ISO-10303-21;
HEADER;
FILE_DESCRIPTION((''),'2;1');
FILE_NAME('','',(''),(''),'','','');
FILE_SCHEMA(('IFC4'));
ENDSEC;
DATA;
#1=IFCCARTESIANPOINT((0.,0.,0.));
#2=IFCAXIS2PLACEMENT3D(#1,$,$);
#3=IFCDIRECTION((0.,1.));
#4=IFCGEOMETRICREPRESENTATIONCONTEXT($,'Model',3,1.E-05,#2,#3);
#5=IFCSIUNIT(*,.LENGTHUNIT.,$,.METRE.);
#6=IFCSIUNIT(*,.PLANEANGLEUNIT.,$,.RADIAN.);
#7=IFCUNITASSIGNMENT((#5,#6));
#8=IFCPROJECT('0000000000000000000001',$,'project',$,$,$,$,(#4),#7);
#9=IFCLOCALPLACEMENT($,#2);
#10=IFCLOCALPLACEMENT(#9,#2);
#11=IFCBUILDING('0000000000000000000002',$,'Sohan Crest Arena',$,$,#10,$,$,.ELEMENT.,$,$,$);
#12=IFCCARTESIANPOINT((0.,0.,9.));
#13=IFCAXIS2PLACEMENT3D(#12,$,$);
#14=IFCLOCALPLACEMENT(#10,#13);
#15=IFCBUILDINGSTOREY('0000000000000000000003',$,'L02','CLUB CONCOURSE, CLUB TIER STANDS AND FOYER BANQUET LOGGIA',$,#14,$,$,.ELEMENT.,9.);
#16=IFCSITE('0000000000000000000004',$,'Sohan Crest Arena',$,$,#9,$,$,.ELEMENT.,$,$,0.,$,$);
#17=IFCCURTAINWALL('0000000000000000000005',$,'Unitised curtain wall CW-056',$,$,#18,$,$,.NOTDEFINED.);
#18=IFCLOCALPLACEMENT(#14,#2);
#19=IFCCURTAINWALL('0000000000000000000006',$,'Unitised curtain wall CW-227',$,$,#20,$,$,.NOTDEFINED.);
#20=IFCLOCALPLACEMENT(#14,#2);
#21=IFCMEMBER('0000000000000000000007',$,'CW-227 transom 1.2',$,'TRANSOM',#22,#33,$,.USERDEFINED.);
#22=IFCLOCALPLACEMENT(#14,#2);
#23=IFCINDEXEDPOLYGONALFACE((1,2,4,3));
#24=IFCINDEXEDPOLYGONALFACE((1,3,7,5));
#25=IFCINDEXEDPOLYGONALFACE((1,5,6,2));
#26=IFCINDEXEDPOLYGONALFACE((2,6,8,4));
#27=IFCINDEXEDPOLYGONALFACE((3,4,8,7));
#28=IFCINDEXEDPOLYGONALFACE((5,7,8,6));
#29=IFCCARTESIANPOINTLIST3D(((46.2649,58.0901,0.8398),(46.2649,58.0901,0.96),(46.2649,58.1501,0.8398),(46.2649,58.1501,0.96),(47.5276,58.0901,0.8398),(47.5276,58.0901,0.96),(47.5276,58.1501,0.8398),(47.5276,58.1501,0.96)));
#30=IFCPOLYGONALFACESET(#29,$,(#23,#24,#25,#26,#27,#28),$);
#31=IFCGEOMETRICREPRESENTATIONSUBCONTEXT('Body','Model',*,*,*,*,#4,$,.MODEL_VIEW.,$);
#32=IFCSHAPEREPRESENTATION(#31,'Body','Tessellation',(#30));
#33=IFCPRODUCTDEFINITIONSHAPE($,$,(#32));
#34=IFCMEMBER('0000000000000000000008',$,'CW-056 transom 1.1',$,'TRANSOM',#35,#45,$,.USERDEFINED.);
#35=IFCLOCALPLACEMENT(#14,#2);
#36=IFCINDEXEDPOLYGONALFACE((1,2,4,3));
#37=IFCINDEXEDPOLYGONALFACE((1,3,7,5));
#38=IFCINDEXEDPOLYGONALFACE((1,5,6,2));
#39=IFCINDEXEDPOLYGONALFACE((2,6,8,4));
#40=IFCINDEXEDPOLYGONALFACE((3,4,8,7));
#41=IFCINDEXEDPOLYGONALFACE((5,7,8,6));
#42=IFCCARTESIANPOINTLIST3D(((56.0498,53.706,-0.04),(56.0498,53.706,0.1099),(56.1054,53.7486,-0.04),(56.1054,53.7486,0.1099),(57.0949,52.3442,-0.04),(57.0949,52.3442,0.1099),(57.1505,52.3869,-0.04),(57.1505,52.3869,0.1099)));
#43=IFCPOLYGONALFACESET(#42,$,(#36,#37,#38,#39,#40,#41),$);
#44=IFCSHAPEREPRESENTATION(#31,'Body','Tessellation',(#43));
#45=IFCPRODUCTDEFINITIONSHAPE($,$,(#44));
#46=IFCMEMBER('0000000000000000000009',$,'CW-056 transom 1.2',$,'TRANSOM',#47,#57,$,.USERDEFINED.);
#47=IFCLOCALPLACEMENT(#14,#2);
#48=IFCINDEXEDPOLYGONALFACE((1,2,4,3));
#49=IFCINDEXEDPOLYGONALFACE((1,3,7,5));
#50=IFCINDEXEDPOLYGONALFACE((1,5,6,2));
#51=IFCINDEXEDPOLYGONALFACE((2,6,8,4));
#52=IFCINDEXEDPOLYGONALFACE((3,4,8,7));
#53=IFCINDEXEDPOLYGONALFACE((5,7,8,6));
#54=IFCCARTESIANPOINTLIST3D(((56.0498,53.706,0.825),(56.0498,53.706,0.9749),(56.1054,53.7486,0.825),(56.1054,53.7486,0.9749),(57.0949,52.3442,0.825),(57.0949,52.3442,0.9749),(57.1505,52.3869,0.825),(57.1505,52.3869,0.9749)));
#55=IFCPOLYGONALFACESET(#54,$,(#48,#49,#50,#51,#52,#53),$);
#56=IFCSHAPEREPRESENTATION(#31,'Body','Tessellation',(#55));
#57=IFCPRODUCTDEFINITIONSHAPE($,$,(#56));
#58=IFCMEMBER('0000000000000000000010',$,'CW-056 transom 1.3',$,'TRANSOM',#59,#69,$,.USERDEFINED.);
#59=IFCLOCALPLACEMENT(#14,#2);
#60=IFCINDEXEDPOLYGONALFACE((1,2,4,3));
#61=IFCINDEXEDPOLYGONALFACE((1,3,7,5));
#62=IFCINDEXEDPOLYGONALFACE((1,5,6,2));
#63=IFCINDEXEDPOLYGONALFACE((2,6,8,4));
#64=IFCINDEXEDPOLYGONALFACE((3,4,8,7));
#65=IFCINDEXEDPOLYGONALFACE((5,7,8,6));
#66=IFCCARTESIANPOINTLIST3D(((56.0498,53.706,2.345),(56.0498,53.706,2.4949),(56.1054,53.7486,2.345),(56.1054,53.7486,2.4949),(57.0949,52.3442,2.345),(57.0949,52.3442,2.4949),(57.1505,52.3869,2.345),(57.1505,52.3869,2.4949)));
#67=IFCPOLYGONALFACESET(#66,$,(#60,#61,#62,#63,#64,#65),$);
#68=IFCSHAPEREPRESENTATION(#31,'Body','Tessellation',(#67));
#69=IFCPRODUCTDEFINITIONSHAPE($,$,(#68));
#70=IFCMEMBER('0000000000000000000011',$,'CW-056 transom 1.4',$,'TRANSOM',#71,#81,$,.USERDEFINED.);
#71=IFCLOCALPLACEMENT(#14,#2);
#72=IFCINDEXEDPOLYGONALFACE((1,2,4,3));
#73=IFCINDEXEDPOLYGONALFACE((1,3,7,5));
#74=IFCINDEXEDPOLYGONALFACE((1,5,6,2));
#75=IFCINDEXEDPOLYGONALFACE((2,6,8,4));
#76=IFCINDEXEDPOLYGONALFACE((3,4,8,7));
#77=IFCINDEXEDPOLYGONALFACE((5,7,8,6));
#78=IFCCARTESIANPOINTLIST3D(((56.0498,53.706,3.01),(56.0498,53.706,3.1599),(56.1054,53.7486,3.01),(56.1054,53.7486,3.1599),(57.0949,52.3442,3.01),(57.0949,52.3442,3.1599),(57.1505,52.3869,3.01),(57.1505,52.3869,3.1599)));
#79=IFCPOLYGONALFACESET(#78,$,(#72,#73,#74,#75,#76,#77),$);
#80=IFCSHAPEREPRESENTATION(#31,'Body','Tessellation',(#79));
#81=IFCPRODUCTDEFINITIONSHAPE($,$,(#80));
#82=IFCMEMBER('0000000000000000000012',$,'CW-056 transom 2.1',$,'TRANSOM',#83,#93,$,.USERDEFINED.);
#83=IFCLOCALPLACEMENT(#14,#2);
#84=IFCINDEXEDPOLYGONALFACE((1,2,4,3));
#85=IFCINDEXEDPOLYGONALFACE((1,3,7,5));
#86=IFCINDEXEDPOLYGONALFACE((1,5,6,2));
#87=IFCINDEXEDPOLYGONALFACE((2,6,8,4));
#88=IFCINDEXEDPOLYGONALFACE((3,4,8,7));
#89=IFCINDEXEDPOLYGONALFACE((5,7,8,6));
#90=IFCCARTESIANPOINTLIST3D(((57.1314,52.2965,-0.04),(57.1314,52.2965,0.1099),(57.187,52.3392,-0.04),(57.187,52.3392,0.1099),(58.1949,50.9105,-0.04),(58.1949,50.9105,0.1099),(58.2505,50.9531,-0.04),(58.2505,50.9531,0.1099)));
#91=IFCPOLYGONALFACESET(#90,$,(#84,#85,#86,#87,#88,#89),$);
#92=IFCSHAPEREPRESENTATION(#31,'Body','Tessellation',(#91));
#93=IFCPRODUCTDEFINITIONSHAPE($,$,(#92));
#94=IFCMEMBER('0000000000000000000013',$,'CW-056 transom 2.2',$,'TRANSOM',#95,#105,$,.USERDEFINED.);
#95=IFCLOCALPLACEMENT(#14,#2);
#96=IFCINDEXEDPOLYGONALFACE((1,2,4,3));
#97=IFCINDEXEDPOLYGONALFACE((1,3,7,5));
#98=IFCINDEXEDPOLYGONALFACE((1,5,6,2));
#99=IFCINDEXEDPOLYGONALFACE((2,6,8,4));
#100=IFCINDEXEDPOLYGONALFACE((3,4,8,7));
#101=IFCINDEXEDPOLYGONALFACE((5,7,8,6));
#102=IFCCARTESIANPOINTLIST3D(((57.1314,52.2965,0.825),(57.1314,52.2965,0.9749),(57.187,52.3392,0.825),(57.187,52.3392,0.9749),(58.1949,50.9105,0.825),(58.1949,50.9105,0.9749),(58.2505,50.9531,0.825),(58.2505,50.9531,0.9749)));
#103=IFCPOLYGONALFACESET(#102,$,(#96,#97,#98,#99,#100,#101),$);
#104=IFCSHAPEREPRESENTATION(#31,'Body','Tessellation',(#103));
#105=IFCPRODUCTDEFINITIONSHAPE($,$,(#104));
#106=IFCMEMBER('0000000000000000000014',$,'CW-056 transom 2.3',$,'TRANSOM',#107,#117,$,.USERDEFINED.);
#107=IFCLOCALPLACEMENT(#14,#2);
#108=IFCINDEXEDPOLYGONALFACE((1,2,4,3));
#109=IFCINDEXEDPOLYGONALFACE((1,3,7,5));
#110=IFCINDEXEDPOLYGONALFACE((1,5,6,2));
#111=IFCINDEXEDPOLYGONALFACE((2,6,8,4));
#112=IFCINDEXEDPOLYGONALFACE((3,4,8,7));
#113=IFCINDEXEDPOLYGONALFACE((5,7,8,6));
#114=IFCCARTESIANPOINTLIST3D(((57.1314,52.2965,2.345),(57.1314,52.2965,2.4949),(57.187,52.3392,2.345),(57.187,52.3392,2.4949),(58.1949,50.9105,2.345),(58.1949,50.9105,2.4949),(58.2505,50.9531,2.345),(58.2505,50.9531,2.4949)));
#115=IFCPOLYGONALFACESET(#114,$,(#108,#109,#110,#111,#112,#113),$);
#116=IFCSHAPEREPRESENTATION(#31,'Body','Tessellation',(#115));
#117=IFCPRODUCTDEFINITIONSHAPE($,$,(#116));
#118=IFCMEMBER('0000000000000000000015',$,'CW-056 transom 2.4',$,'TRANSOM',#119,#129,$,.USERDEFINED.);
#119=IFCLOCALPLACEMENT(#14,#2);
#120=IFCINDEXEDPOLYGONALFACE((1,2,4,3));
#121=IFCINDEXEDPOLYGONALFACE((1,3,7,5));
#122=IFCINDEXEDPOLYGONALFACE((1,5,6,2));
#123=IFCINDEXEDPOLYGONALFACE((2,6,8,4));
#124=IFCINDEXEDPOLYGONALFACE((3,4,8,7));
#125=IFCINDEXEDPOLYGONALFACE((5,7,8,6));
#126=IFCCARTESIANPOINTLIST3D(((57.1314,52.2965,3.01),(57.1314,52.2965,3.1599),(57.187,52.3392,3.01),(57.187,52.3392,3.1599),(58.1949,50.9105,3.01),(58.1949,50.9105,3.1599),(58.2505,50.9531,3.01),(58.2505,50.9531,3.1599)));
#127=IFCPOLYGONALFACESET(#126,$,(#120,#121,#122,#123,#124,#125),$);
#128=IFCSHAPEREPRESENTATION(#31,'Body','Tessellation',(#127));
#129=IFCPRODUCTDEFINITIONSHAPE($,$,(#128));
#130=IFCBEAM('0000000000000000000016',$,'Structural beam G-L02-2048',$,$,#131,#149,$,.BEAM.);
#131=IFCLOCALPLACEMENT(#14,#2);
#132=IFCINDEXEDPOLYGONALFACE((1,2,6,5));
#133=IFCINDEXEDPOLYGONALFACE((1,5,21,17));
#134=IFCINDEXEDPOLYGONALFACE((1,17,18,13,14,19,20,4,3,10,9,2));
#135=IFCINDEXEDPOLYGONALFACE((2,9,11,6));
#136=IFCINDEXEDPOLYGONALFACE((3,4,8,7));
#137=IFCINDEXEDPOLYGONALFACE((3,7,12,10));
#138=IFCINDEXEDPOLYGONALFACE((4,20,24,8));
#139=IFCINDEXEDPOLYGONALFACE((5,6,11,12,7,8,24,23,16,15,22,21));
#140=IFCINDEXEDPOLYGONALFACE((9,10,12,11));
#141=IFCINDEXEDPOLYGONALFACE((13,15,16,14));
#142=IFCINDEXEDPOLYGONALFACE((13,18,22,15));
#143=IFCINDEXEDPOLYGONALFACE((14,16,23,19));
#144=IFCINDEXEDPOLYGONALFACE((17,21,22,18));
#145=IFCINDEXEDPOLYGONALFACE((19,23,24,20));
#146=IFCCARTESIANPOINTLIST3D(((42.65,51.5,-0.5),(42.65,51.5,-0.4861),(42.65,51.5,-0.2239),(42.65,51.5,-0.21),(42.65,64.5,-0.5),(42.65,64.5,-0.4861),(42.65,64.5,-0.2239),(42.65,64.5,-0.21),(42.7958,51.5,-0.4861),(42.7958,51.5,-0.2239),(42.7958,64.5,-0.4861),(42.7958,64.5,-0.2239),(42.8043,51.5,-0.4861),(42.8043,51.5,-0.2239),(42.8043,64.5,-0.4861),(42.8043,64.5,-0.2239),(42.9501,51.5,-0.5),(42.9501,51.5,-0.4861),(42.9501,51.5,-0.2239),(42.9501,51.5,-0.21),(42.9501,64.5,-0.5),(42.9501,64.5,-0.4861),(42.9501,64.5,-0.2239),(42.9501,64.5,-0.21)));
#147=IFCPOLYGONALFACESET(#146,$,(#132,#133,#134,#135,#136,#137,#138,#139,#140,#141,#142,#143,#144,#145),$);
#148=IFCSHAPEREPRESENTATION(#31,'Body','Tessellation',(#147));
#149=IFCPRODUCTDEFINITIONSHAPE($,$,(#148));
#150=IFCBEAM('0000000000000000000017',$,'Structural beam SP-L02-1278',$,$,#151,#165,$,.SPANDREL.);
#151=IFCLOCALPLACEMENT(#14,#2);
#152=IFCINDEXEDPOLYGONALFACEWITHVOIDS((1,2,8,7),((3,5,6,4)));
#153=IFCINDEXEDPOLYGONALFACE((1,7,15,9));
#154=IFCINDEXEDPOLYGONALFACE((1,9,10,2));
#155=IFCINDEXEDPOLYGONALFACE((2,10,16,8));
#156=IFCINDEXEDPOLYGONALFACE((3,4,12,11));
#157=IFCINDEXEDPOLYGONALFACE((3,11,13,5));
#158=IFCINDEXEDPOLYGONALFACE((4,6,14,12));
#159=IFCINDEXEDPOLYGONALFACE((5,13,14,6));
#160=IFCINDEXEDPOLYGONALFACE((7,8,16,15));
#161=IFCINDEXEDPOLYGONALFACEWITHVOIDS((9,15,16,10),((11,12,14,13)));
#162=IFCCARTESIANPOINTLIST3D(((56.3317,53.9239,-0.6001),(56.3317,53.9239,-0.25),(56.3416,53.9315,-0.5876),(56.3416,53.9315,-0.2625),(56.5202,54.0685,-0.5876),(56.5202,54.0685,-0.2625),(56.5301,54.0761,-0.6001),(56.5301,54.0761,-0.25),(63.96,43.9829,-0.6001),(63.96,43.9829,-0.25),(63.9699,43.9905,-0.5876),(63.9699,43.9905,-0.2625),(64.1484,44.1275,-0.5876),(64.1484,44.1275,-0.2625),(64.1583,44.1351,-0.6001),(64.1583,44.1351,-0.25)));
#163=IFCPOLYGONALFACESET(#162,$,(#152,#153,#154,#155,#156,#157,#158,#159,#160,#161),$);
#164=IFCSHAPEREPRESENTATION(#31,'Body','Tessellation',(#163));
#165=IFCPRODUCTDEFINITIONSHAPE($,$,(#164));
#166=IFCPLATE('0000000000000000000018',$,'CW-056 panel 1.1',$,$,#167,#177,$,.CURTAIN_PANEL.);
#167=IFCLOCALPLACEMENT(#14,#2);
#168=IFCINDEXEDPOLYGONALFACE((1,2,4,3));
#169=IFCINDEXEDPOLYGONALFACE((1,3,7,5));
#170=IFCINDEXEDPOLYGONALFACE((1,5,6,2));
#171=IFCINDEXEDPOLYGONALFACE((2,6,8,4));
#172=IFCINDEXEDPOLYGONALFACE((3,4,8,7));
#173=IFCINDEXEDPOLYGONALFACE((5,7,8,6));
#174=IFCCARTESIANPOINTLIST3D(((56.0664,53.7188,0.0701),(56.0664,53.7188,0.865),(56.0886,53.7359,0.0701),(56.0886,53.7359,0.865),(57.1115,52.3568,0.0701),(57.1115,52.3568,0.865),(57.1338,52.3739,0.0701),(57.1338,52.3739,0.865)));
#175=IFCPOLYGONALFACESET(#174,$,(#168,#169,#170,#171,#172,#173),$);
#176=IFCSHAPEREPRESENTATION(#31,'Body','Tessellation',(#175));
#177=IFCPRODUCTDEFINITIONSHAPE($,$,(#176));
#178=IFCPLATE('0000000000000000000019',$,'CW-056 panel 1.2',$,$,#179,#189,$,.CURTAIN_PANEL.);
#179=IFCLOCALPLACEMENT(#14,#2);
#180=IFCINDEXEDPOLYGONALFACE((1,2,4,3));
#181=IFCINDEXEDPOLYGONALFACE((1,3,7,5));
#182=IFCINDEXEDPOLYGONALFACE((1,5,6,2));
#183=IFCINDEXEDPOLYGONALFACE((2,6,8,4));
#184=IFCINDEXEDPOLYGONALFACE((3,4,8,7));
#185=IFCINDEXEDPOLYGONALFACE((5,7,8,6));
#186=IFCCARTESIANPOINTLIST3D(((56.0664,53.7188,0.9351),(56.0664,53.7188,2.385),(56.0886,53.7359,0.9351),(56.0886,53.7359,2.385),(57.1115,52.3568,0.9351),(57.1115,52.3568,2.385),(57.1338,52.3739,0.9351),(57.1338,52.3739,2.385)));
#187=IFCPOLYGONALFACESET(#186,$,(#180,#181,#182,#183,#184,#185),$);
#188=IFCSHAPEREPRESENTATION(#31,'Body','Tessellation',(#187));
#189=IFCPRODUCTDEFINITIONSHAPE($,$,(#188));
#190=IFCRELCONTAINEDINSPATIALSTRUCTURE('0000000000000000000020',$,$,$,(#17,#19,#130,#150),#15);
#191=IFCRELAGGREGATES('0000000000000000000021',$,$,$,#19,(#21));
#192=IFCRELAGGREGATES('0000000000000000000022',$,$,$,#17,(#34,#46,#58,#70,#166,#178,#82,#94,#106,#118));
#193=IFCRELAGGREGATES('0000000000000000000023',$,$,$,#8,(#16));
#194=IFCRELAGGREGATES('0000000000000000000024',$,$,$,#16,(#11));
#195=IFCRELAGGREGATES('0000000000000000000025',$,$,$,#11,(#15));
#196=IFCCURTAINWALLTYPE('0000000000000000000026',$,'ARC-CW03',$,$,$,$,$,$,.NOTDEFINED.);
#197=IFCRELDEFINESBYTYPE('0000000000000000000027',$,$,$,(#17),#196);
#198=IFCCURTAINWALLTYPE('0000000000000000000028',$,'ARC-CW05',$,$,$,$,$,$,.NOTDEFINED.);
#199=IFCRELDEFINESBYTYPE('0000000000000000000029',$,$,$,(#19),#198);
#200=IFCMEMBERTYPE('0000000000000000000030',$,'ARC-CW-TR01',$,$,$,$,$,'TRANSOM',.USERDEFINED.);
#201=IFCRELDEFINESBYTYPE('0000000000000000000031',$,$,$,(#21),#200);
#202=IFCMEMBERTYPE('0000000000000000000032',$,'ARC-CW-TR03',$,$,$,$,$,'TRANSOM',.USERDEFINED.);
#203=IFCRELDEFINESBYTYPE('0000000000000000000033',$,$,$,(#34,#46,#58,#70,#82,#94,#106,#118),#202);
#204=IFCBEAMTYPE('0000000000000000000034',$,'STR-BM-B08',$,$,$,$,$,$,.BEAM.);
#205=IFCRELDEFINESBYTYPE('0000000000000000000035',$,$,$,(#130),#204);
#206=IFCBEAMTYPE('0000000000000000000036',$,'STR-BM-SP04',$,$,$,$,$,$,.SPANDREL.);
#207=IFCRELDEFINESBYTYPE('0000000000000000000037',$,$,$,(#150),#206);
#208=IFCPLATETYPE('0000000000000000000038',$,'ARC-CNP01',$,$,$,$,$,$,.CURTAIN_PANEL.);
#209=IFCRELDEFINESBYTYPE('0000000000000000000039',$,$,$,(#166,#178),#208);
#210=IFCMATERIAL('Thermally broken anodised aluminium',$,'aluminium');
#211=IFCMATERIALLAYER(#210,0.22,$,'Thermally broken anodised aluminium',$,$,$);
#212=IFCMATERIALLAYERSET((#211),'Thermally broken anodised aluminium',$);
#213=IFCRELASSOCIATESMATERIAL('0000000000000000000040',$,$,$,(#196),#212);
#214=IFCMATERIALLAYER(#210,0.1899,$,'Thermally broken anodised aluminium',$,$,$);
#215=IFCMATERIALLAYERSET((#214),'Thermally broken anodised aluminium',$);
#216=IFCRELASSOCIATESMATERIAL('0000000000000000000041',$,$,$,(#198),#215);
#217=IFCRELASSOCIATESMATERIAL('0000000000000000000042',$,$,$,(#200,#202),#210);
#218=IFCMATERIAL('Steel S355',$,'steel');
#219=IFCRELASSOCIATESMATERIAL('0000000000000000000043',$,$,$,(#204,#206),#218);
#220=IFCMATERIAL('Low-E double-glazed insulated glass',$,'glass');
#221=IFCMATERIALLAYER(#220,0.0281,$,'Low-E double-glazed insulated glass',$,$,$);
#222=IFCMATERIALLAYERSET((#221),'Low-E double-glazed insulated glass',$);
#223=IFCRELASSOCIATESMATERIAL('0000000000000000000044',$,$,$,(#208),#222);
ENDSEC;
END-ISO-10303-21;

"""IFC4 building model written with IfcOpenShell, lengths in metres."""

from ifc_helpers import new_model, si_unit, direction, frame, origin, origin_2d, place, context, subcontext, project, spatial, rectangle, hollow_rectangle, i_section, extrude, material, layer, layer_set, material_profile, profile_set, type_object, element, aggregate, save


model = new_model("IFC4")

# Units and contexts
model_context = context("Model", 3, precision=1e-05, world=origin(), true_north=direction((0.0, 1.0)))
body_context = subcontext(model_context, "Body", "Model", "MODEL_VIEW")
ifc_project = project(units=[si_unit("LENGTHUNIT", "METRE"), si_unit("PLANEANGLEUNIT", "RADIAN")], contexts=[model_context])

# Site, building, storey
site_placement = place(None, origin())
site = spatial("IfcSite", under=ifc_project, at=site_placement, Name="Sohan Crest Arena", CompositionType="ELEMENT", RefElevation=0.0)
building_placement = place(site_placement, origin())
building = spatial("IfcBuilding", under=site, at=building_placement, Name="Sohan Crest Arena", CompositionType="ELEMENT")
storey_placement = place(building_placement, frame((0.0, 0.0, 9.0)))
storey = spatial("IfcBuildingStorey", under=building, at=storey_placement, Name="L02", Description="CLUB CONCOURSE, CLUB TIER STANDS AND FOYER BANQUET LOGGIA", CompositionType="ELEMENT", Elevation=9.0)

# Shared definitions
ifc_material_1 = material(Name="Steel S355", Category="steel")

# Curtain wall
ifc_material_2 = material(Name="Thermally broken anodised aluminium", Category="aluminium")
ifc_layer_1 = layer(ifc_material_2, 0.22, Name="Thermally broken anodised aluminium")
ifc_layer_set_1 = layer_set([ifc_layer_1], Name="Thermally broken anodised aluminium")
curtain_wall_type_1 = type_object("IfcCurtainWallType", Name="ARC-CW03", PredefinedType="NOTDEFINED", material=ifc_layer_set_1)
curtain_wall_1_placement = place(storey_placement, origin())
curtain_wall_1 = element("IfcCurtainWall", 1, at=curtain_wall_1_placement, inside=storey, type_object=curtain_wall_type_1, Name="Unitised curtain wall CW-056", PredefinedType="NOTDEFINED")

# Curtain wall
ifc_layer_2 = layer(ifc_material_2, 0.1899, Name="Thermally broken anodised aluminium")
ifc_layer_set_2 = layer_set([ifc_layer_2], Name="Thermally broken anodised aluminium")
curtain_wall_type_2 = type_object("IfcCurtainWallType", Name="ARC-CW05", PredefinedType="NOTDEFINED", material=ifc_layer_set_2)
curtain_wall_2_placement = place(storey_placement, origin())
curtain_wall_2 = element("IfcCurtainWall", 2, at=curtain_wall_2_placement, inside=storey, type_object=curtain_wall_type_2, Name="Unitised curtain wall CW-227", PredefinedType="NOTDEFINED")

# Members
ifc_material_profile_1 = material_profile(ifc_material_2, rectangle(XDim=0.0601, YDim=0.1201, at=origin_2d()), Name="ALU-TRAN 60x120")
ifc_profile_set_1 = profile_set([ifc_material_profile_1], Name="Thermally broken anodised aluminium")
member_type_1 = type_object("IfcMemberType", Name="ARC-CW-TR01", ElementType="TRANSOM", PredefinedType="USERDEFINED", material=ifc_profile_set_1)
member_1_placement = place(storey_placement, frame((46.2649, 58.1201, 0.8999), z_axis=(1.0, 0.0, 0.0), x_axis=(0.0, 1.0, 0.0)))
member_1 = element("IfcMember", 3, at=member_1_placement, type_object=member_type_1, Name="CW-227 transom 1.2", ObjectType="TRANSOM", PredefinedType="USERDEFINED", context=body_context, shape_type="SweptSolid", body=[
    extrude(rectangle(XDim=0.0601, YDim=0.1201, at=origin_2d()), origin(), (0.0, 0.0, 1.0), 1.2627),
])
aggregate(curtain_wall_2, [member_1])
ifc_material_profile_2 = material_profile(ifc_material_2, rectangle(XDim=0.0701, YDim=0.1499, at=origin_2d()), Name="ALU-TRAN 70x150")
ifc_profile_set_2 = profile_set([ifc_material_profile_2], Name="Thermally broken anodised aluminium")
member_type_2 = type_object("IfcMemberType", Name="ARC-CW-TR03", ElementType="TRANSOM", PredefinedType="USERDEFINED", material=ifc_profile_set_2)
member_2_placement = place(storey_placement, frame((56.0776, 53.7273, 0.0349), z_axis=(0.608838, -0.793295, 0.0), x_axis=(0.793295, 0.608838, 0.0)))
member_2 = element("IfcMember", 4, at=member_2_placement, type_object=member_type_2, Name="CW-056 transom 1.1", ObjectType="TRANSOM", PredefinedType="USERDEFINED", context=body_context, shape_type="SweptSolid", body=[
    extrude(rectangle(XDim=0.0701, YDim=0.1499, at=origin_2d()), origin(), (0.0, 0.0, 1.0), 1.7166),
])
member_3_placement = place(storey_placement, frame((56.0776, 53.7273, 0.8999), z_axis=(0.608838, -0.793295, 0.0), x_axis=(0.793295, 0.608838, 0.0)))
member_3 = element("IfcMember", 5, at=member_3_placement, type_object=member_type_2, Name="CW-056 transom 1.2", ObjectType="TRANSOM", PredefinedType="USERDEFINED", context=body_context, shape_type="SweptSolid", body=[
    extrude(rectangle(XDim=0.0701, YDim=0.1499, at=origin_2d()), origin(), (0.0, 0.0, 1.0), 1.7166),
])
member_4_placement = place(storey_placement, frame((56.0776, 53.7273, 2.4199), z_axis=(0.608838, -0.793295, 0.0), x_axis=(0.793295, 0.608838, 0.0)))
member_4 = element("IfcMember", 6, at=member_4_placement, type_object=member_type_2, Name="CW-056 transom 1.3", ObjectType="TRANSOM", PredefinedType="USERDEFINED", context=body_context, shape_type="SweptSolid", body=[
    extrude(rectangle(XDim=0.0701, YDim=0.1499, at=origin_2d()), origin(), (0.0, 0.0, 1.0), 1.7166),
])
member_5_placement = place(storey_placement, frame((56.0776, 53.7273, 3.085), z_axis=(0.608838, -0.793295, 0.0), x_axis=(0.793295, 0.608838, 0.0)))
member_5 = element("IfcMember", 7, at=member_5_placement, type_object=member_type_2, Name="CW-056 transom 1.4", ObjectType="TRANSOM", PredefinedType="USERDEFINED", context=body_context, shape_type="SweptSolid", body=[
    extrude(rectangle(XDim=0.0701, YDim=0.1499, at=origin_2d()), origin(), (0.0, 0.0, 1.0), 1.7166),
])
member_6_placement = place(storey_placement, frame((57.1592, 52.3179, 0.0349), z_axis=(0.608751, -0.793361, 0.0), x_axis=(0.793361, 0.608751, 0.0)))
member_6 = element("IfcMember", 8, at=member_6_placement, type_object=member_type_2, Name="CW-056 transom 2.1", ObjectType="TRANSOM", PredefinedType="USERDEFINED", context=body_context, shape_type="SweptSolid", body=[
    extrude(rectangle(XDim=0.0701, YDim=0.1499, at=origin_2d()), origin(), (0.0, 0.0, 1.0), 1.7471),
])
member_7_placement = place(storey_placement, frame((57.1592, 52.3179, 0.8999), z_axis=(0.608751, -0.793361, 0.0), x_axis=(0.793361, 0.608751, 0.0)))
member_7 = element("IfcMember", 9, at=member_7_placement, type_object=member_type_2, Name="CW-056 transom 2.2", ObjectType="TRANSOM", PredefinedType="USERDEFINED", context=body_context, shape_type="SweptSolid", body=[
    extrude(rectangle(XDim=0.0701, YDim=0.1499, at=origin_2d()), origin(), (0.0, 0.0, 1.0), 1.7471),
])
member_8_placement = place(storey_placement, frame((57.1592, 52.3179, 2.4199), z_axis=(0.608751, -0.793361, 0.0), x_axis=(0.793361, 0.608751, 0.0)))
member_8 = element("IfcMember", 10, at=member_8_placement, type_object=member_type_2, Name="CW-056 transom 2.3", ObjectType="TRANSOM", PredefinedType="USERDEFINED", context=body_context, shape_type="SweptSolid", body=[
    extrude(rectangle(XDim=0.0701, YDim=0.1499, at=origin_2d()), origin(), (0.0, 0.0, 1.0), 1.7471),
])
member_9_placement = place(storey_placement, frame((57.1592, 52.3179, 3.085), z_axis=(0.608751, -0.793361, 0.0), x_axis=(0.793361, 0.608751, 0.0)))
member_9 = element("IfcMember", 11, at=member_9_placement, type_object=member_type_2, Name="CW-056 transom 2.4", ObjectType="TRANSOM", PredefinedType="USERDEFINED", context=body_context, shape_type="SweptSolid", body=[
    extrude(rectangle(XDim=0.0701, YDim=0.1499, at=origin_2d()), origin(), (0.0, 0.0, 1.0), 1.7471),
])

# Beams
ifc_material_profile_3 = material_profile(ifc_material_1, i_section(OverallWidth=0.3, OverallDepth=0.29, WebThickness=0.0085, FlangeThickness=0.0139, at=origin_2d()), Name="HEA 300")
ifc_profile_set_3 = profile_set([ifc_material_profile_3], Name="Steel S355")
beam_type_1 = type_object("IfcBeamType", Name="STR-BM-B08", PredefinedType="BEAM", material=ifc_profile_set_3)
beam_1_placement = place(storey_placement, frame((42.8, 51.5, -0.355), z_axis=(0.0, 1.0, 0.0), x_axis=(-1.0, 0.0, 0.0)))
element("IfcBeam", 12, at=beam_1_placement, inside=storey, type_object=beam_type_1, Name="Structural beam G-L02-2048", PredefinedType="BEAM", context=body_context, shape_type="SweptSolid", body=[
    extrude(i_section(OverallWidth=0.3, OverallDepth=0.29, WebThickness=0.0085, FlangeThickness=0.0139, at=origin_2d()), origin(), (0.0, 0.0, 1.0), 13.0),
])
ifc_material_profile_4 = material_profile(ifc_material_1, hollow_rectangle(XDim=0.25, YDim=0.3501, WallThickness=0.0125, at=origin_2d()), Name="RHS 350x250x12.5")
ifc_profile_set_4 = profile_set([ifc_material_profile_4], Name="Steel S355")
beam_type_2 = type_object("IfcBeamType", Name="STR-BM-SP04", PredefinedType="SPANDREL", material=ifc_profile_set_4)
beam_2_placement = place(storey_placement, frame((56.4309, 54.0, -0.425), z_axis=(0.608773, -0.793344, 0.0), x_axis=(0.793344, 0.608773, 0.0)))
element("IfcBeam", 13, at=beam_2_placement, inside=storey, type_object=beam_type_2, Name="Structural beam SP-L02-1278", PredefinedType="SPANDREL", context=body_context, shape_type="SweptSolid", body=[
    extrude(hollow_rectangle(XDim=0.25, YDim=0.3501, WallThickness=0.0125, at=origin_2d()), origin(), (0.0, 0.0, 1.0), 12.5305),
])

# Plates
ifc_material_3 = material(Name="Low-E double-glazed insulated glass", Category="glass")
ifc_layer_3 = layer(ifc_material_3, 0.0281, Name="Low-E double-glazed insulated glass")
ifc_layer_set_3 = layer_set([ifc_layer_3], Name="Low-E double-glazed insulated glass")
plate_type = type_object("IfcPlateType", Name="ARC-CNP01", PredefinedType="CURTAIN_PANEL", material=ifc_layer_set_3)
plate_1_placement = place(storey_placement, frame((56.6001, 53.0464, 0.0701), z_axis=(0.0, 0.0, 1.0), x_axis=(0.608793, -0.793329, 0.0)))
plate_1 = element("IfcPlate", 14, at=plate_1_placement, type_object=plate_type, Name="CW-056 panel 1.1", PredefinedType="CURTAIN_PANEL", context=body_context, shape_type="SweptSolid", body=[
    extrude(rectangle(XDim=1.7168, YDim=0.0281, at=origin_2d()), origin(), (0.0, 0.0, 1.0), 0.7949),
])
plate_2_placement = place(storey_placement, frame((56.6001, 53.0464, 0.9351), z_axis=(0.0, 0.0, 1.0), x_axis=(0.608793, -0.793329, 0.0)))
plate_2 = element("IfcPlate", 15, at=plate_2_placement, type_object=plate_type, Name="CW-056 panel 1.2", PredefinedType="CURTAIN_PANEL", context=body_context, shape_type="SweptSolid", body=[
    extrude(rectangle(XDim=1.7168, YDim=0.0281, at=origin_2d()), origin(), (0.0, 0.0, 1.0), 1.45),
])
aggregate(curtain_wall_1, [member_2, member_3, member_4, member_5, plate_1, plate_2, member_6, member_7, member_8, member_9])

save(model, "model.ifc")
